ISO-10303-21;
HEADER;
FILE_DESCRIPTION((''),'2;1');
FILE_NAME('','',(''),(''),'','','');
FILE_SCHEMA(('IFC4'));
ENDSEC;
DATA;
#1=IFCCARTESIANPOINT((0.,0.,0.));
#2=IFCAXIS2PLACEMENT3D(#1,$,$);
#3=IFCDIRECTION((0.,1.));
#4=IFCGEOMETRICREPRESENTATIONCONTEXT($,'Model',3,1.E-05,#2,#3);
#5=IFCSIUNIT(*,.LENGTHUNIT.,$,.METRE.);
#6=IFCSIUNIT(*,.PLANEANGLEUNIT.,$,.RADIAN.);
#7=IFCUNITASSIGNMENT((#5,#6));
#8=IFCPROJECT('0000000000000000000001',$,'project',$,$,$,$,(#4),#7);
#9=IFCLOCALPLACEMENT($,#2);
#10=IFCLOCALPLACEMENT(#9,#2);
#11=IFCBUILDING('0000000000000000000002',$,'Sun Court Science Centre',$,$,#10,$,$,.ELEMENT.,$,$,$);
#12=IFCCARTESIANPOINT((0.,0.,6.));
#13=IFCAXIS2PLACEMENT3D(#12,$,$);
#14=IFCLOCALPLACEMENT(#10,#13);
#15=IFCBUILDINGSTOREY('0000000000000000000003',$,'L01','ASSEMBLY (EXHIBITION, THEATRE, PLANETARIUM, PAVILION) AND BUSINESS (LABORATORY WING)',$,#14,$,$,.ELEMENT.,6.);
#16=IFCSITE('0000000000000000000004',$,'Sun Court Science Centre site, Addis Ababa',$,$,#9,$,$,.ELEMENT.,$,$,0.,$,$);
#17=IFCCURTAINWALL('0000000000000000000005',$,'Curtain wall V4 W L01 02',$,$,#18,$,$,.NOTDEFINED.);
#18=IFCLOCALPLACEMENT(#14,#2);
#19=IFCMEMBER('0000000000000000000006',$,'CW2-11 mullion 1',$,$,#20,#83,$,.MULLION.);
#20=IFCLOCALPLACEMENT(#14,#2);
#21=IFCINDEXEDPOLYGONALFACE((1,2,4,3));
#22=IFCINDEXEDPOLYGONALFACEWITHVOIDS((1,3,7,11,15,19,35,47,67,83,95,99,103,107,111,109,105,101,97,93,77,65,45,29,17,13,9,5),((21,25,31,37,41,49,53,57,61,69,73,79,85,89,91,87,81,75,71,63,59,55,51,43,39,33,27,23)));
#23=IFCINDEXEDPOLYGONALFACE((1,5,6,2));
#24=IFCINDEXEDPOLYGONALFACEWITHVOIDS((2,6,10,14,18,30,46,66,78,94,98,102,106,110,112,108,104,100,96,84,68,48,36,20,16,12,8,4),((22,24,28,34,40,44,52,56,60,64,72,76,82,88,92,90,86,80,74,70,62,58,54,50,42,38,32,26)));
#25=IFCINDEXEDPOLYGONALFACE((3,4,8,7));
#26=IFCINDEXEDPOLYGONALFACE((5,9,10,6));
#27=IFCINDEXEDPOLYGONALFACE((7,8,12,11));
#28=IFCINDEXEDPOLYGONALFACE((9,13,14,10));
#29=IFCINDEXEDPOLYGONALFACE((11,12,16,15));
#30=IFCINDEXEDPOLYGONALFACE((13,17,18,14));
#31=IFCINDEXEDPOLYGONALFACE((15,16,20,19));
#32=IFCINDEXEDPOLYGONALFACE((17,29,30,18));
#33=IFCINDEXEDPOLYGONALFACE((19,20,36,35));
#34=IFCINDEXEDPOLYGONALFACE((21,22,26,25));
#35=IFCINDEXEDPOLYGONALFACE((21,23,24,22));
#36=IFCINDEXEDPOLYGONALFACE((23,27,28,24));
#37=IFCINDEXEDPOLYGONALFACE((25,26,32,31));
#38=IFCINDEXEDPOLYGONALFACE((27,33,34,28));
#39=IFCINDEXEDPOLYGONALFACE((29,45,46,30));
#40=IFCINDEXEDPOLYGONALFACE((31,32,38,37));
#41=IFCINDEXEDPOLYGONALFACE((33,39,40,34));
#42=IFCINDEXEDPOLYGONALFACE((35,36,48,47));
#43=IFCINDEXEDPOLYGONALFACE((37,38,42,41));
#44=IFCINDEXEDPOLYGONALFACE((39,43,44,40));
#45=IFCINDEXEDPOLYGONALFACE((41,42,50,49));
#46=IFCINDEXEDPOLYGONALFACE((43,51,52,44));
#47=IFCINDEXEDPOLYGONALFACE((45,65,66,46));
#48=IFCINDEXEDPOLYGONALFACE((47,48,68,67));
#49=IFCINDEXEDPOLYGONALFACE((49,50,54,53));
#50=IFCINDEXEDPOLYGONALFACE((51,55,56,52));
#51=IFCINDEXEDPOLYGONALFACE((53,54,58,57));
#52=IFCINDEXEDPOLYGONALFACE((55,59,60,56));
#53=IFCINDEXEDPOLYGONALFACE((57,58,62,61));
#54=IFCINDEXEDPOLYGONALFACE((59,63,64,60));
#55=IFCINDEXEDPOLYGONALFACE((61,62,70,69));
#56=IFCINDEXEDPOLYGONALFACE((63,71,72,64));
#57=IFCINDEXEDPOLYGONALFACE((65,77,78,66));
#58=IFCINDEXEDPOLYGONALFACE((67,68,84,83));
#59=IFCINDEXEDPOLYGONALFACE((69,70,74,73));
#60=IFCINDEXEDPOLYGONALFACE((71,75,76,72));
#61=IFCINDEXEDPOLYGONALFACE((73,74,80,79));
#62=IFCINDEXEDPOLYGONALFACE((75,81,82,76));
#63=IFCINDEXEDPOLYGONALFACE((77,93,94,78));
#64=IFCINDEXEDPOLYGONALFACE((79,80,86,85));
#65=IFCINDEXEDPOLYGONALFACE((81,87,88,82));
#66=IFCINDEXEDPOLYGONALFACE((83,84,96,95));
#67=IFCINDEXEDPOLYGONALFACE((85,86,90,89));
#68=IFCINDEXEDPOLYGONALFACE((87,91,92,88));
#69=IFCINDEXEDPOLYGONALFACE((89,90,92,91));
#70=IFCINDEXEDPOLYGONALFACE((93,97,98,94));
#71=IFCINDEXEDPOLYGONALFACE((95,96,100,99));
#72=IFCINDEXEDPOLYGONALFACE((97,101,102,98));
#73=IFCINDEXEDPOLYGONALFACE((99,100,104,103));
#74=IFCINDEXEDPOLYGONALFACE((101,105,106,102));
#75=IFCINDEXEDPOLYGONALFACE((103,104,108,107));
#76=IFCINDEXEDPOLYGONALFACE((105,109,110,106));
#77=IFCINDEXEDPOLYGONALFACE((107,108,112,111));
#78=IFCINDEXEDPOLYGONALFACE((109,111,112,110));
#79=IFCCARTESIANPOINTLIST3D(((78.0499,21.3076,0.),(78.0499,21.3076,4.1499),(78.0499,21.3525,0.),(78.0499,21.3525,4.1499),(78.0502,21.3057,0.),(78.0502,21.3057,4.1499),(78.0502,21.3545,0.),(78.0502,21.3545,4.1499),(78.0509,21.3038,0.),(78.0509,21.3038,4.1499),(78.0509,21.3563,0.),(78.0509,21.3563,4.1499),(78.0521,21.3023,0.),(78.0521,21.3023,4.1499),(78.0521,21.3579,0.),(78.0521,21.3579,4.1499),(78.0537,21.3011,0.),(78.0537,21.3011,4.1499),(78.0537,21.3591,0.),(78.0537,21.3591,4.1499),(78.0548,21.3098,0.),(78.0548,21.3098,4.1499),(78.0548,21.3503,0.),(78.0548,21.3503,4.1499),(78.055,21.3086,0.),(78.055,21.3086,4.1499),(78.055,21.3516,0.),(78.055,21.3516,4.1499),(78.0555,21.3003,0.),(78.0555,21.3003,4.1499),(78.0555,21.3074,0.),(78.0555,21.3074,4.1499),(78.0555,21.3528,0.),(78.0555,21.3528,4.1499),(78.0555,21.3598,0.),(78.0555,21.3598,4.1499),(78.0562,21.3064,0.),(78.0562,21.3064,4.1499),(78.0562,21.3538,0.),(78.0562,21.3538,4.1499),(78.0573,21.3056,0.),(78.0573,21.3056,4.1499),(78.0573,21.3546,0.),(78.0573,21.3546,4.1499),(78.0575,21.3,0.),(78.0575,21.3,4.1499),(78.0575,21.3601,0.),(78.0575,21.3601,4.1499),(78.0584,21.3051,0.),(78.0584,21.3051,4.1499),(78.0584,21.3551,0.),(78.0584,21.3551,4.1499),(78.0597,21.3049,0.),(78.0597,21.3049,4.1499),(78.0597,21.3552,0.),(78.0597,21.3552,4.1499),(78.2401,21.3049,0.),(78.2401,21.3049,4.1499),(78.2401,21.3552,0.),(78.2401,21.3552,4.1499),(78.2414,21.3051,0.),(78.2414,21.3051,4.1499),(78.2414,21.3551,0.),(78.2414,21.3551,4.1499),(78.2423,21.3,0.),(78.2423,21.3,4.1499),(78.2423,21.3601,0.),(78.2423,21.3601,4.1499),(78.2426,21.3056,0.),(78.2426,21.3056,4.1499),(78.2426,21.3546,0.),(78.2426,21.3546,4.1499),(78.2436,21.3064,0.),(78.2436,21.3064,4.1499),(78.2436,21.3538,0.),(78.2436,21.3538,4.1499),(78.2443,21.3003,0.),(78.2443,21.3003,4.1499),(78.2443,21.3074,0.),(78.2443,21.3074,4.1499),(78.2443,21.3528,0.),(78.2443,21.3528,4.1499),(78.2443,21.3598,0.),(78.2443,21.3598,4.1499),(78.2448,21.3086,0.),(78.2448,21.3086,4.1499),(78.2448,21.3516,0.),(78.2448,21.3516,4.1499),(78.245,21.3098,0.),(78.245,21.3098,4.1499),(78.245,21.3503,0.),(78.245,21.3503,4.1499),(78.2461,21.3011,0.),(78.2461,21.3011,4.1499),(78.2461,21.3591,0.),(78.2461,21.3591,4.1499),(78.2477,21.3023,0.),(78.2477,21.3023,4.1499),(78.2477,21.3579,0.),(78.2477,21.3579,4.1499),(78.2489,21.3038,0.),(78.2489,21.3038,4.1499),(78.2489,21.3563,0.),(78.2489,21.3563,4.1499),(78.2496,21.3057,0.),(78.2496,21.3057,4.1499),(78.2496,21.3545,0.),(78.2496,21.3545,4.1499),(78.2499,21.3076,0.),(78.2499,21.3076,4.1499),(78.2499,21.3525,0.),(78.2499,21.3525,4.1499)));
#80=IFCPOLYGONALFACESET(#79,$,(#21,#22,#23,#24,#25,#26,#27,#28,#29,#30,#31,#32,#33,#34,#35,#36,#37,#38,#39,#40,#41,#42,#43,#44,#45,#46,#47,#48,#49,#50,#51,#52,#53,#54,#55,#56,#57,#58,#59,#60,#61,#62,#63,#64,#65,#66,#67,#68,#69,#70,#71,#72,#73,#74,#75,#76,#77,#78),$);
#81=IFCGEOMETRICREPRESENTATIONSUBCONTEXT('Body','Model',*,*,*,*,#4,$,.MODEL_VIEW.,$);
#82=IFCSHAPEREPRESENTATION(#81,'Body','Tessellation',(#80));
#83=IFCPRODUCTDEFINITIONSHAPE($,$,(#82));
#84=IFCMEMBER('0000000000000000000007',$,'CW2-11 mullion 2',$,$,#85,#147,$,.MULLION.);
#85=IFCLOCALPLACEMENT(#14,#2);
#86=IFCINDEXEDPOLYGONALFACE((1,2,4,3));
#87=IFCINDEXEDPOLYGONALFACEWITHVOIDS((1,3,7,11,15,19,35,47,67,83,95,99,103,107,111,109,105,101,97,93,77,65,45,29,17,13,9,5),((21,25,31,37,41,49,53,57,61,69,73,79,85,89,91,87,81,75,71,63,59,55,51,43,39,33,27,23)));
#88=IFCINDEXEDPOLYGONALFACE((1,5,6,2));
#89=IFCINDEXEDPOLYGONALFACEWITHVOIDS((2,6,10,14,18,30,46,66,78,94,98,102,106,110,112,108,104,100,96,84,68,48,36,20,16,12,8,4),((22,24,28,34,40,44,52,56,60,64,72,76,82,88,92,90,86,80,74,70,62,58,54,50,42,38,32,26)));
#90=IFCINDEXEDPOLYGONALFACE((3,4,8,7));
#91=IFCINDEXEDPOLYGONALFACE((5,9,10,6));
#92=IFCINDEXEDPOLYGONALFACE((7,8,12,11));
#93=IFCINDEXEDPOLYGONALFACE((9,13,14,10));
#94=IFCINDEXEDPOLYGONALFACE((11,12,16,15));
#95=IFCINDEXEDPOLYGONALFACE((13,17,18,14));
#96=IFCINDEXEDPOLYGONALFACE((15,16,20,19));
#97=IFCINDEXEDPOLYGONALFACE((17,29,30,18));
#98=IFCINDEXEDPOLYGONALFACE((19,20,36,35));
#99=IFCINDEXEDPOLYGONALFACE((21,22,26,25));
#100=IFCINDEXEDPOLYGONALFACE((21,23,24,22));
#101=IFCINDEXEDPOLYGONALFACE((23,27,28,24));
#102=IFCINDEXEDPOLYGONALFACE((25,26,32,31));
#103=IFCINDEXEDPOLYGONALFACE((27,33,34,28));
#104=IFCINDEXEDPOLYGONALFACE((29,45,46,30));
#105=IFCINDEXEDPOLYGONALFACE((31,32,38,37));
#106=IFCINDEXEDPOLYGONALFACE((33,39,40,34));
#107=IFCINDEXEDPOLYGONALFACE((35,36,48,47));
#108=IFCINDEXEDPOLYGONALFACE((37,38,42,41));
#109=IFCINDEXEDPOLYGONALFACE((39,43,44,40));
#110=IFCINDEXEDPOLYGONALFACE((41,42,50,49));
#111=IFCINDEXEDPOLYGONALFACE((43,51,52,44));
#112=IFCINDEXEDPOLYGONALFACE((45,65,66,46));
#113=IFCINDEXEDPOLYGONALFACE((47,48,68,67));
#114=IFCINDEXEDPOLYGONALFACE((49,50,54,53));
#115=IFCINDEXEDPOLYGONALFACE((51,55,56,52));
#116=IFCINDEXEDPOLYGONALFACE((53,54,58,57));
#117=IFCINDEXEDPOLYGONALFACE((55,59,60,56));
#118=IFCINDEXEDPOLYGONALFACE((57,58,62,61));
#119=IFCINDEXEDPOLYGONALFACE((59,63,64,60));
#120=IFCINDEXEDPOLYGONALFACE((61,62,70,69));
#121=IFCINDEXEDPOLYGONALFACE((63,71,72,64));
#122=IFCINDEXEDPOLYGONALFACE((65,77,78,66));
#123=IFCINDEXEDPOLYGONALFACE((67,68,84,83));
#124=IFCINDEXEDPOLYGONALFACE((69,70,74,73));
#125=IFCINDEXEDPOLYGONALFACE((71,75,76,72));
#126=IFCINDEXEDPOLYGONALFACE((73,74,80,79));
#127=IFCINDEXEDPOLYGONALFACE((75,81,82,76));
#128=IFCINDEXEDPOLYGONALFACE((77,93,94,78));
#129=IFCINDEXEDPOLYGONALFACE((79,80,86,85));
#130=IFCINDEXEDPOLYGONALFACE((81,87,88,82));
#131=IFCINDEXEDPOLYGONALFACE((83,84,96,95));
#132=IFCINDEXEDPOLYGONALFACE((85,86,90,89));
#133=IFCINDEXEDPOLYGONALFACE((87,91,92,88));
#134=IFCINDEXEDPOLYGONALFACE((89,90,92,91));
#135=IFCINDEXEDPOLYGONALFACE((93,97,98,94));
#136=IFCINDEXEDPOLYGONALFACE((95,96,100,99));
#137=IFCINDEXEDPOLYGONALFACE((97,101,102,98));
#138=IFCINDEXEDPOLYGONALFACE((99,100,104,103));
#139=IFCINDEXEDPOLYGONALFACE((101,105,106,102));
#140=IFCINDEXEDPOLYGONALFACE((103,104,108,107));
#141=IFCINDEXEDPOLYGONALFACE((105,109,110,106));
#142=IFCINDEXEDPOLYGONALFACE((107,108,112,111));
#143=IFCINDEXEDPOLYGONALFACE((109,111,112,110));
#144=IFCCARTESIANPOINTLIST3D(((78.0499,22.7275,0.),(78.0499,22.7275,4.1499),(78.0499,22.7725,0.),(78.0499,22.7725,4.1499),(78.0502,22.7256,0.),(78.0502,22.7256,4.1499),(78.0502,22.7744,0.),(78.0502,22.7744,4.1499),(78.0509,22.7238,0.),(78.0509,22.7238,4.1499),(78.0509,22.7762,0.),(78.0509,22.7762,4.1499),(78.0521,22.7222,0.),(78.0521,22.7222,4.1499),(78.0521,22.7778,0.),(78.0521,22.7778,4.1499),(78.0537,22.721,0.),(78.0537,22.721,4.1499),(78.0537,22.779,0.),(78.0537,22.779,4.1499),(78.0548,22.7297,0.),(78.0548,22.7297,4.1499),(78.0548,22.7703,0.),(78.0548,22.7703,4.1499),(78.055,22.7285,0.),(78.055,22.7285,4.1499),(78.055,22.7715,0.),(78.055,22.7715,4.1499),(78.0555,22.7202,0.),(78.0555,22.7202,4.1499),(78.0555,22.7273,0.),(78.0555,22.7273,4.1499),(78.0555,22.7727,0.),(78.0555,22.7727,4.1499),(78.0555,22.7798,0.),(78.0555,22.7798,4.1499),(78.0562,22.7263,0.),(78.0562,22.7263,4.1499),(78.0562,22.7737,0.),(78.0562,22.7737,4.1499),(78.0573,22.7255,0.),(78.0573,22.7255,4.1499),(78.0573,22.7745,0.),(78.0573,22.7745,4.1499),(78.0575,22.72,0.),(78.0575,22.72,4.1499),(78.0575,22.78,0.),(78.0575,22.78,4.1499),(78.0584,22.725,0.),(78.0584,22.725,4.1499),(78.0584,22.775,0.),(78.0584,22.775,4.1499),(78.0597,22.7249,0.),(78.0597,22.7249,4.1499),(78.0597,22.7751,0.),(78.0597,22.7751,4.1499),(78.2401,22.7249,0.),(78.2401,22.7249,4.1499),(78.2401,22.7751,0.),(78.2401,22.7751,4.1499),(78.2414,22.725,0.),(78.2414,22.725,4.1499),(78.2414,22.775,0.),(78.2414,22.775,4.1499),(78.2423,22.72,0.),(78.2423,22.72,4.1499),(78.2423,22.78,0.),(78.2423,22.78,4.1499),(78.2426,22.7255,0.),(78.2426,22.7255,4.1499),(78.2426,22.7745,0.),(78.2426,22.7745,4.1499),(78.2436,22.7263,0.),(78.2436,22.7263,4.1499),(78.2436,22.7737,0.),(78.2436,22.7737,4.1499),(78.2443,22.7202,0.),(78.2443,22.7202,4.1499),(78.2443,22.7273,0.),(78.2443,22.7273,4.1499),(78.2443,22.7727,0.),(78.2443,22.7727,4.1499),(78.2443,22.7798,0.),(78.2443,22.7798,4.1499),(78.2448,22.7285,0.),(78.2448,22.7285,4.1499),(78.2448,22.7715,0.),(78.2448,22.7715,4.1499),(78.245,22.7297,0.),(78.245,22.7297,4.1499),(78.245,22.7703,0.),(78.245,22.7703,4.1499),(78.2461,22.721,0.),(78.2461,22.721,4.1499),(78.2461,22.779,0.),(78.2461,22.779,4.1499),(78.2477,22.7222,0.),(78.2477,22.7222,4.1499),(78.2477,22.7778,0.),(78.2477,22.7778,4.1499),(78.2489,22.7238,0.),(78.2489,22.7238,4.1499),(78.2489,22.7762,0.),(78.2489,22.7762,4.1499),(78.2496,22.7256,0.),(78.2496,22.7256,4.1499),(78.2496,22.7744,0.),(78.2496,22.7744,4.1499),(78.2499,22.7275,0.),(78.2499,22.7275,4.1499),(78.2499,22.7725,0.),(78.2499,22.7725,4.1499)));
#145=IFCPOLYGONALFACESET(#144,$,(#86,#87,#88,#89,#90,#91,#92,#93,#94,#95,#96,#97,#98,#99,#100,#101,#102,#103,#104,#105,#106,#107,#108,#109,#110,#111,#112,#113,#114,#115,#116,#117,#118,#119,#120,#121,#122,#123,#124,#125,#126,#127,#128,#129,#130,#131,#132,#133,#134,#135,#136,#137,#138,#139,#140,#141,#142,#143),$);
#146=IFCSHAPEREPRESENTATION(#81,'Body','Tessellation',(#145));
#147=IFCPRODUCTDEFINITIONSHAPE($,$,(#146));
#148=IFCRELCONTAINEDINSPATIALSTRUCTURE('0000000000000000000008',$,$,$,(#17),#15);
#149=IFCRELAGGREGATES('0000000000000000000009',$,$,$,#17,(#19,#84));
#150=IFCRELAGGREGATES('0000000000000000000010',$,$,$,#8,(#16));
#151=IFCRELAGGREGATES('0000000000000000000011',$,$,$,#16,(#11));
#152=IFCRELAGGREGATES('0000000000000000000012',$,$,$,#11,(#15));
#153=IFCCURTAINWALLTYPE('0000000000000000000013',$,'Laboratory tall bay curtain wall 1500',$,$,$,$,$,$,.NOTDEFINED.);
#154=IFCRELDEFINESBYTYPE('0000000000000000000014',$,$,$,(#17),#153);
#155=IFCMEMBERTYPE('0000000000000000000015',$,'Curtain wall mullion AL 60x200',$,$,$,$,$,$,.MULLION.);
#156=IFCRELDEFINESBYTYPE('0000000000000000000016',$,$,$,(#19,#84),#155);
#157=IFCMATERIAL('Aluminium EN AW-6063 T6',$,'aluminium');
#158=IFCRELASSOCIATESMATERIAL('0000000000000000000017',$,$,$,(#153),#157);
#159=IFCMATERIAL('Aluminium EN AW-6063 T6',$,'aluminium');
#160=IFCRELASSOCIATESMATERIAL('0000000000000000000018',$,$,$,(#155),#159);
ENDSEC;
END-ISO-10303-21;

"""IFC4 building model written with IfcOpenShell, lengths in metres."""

from ifc_helpers import new_model, si_unit, direction, frame, origin, origin_2d, place, context, subcontext, project, spatial, hollow_rectangle, extrude, material, material_profile, profile_set, type_object, element, aggregate, save


model = new_model("IFC4")

# Units and contexts
model_context = context("Model", 3, precision=1e-05, world=origin(), true_north=direction((0.0, 1.0)))
body_context = subcontext(model_context, "Body", "Model", "MODEL_VIEW")
ifc_project = project(units=[si_unit("LENGTHUNIT", "METRE"), si_unit("PLANEANGLEUNIT", "RADIAN")], contexts=[model_context])

# Site, building, storey
site_placement = place(None, origin())
site = spatial("IfcSite", under=ifc_project, at=site_placement, Name="Sun Court Science Centre site, Addis Ababa", CompositionType="ELEMENT", RefElevation=0.0)
building_placement = place(site_placement, origin())
building = spatial("IfcBuilding", under=site, at=building_placement, Name="Sun Court Science Centre", CompositionType="ELEMENT")
storey_placement = place(building_placement, frame((0.0, 0.0, 6.0)))
storey = spatial("IfcBuildingStorey", under=building, at=storey_placement, Name="L01", Description="ASSEMBLY (EXHIBITION, THEATRE, PLANETARIUM, PAVILION) AND BUSINESS (LABORATORY WING)", CompositionType="ELEMENT", Elevation=6.0)

# Curtain wall, members
ifc_material_1 = material(Name="Aluminium EN AW-6063 T6", Category="aluminium")
curtain_wall_type = type_object("IfcCurtainWallType", Name="Laboratory tall bay curtain wall 1500", PredefinedType="NOTDEFINED", material=ifc_material_1)
ifc_material_2 = material(Name="Aluminium EN AW-6063 T6", Category="aluminium")
ifc_material_profile_1 = material_profile(ifc_material_2, hollow_rectangle(XDim=0.0601, YDim=0.2, WallThickness=0.0049, InnerFilletRadius=0.0049, OuterFilletRadius=0.0076, at=origin_2d()), Name="AL 60x200x5")
ifc_profile_set_1 = profile_set([ifc_material_profile_1], Name="Aluminium EN AW-6063 T6")
member_type_1 = type_object("IfcMemberType", Name="Curtain wall mullion AL 60x200", PredefinedType="MULLION", material=ifc_profile_set_1)
curtain_wall_1_placement = place(storey_placement, origin())
curtain_wall_1 = element("IfcCurtainWall", 1, at=curtain_wall_1_placement, inside=storey, type_object=curtain_wall_type, Name="Curtain wall V4 W L01 02", PredefinedType="NOTDEFINED")
member_1_placement = place(storey_placement, frame((78.1499, 21.3301, 0.0), z_axis=(0.0, 0.0, 1.0), x_axis=(0.0, 1.0, 0.0)))
member_1 = element("IfcMember", 2, at=member_1_placement, type_object=member_type_1, Name="CW2-11 mullion 1", PredefinedType="MULLION", context=body_context, shape_type="SweptSolid", body=[
    extrude(hollow_rectangle(XDim=0.0601, YDim=0.2, WallThickness=0.0049, InnerFilletRadius=0.0049, OuterFilletRadius=0.0076, at=origin_2d()), origin(), (0.0, 0.0, 1.0), 4.1499),
])
member_2_placement = place(storey_placement, frame((78.1499, 22.75, 0.0), z_axis=(0.0, 0.0, 1.0), x_axis=(0.0, 1.0, 0.0)))
member_2 = element("IfcMember", 3, at=member_2_placement, type_object=member_type_1, Name="CW2-11 mullion 2", PredefinedType="MULLION", context=body_context, shape_type="SweptSolid", body=[
    extrude(hollow_rectangle(XDim=0.0601, YDim=0.2, WallThickness=0.0049, InnerFilletRadius=0.0049, OuterFilletRadius=0.0076, at=origin_2d()), origin(), (0.0, 0.0, 1.0), 4.1499),
])

aggregate(curtain_wall_1, [member_1, member_2])

save(model, "model.ifc")
